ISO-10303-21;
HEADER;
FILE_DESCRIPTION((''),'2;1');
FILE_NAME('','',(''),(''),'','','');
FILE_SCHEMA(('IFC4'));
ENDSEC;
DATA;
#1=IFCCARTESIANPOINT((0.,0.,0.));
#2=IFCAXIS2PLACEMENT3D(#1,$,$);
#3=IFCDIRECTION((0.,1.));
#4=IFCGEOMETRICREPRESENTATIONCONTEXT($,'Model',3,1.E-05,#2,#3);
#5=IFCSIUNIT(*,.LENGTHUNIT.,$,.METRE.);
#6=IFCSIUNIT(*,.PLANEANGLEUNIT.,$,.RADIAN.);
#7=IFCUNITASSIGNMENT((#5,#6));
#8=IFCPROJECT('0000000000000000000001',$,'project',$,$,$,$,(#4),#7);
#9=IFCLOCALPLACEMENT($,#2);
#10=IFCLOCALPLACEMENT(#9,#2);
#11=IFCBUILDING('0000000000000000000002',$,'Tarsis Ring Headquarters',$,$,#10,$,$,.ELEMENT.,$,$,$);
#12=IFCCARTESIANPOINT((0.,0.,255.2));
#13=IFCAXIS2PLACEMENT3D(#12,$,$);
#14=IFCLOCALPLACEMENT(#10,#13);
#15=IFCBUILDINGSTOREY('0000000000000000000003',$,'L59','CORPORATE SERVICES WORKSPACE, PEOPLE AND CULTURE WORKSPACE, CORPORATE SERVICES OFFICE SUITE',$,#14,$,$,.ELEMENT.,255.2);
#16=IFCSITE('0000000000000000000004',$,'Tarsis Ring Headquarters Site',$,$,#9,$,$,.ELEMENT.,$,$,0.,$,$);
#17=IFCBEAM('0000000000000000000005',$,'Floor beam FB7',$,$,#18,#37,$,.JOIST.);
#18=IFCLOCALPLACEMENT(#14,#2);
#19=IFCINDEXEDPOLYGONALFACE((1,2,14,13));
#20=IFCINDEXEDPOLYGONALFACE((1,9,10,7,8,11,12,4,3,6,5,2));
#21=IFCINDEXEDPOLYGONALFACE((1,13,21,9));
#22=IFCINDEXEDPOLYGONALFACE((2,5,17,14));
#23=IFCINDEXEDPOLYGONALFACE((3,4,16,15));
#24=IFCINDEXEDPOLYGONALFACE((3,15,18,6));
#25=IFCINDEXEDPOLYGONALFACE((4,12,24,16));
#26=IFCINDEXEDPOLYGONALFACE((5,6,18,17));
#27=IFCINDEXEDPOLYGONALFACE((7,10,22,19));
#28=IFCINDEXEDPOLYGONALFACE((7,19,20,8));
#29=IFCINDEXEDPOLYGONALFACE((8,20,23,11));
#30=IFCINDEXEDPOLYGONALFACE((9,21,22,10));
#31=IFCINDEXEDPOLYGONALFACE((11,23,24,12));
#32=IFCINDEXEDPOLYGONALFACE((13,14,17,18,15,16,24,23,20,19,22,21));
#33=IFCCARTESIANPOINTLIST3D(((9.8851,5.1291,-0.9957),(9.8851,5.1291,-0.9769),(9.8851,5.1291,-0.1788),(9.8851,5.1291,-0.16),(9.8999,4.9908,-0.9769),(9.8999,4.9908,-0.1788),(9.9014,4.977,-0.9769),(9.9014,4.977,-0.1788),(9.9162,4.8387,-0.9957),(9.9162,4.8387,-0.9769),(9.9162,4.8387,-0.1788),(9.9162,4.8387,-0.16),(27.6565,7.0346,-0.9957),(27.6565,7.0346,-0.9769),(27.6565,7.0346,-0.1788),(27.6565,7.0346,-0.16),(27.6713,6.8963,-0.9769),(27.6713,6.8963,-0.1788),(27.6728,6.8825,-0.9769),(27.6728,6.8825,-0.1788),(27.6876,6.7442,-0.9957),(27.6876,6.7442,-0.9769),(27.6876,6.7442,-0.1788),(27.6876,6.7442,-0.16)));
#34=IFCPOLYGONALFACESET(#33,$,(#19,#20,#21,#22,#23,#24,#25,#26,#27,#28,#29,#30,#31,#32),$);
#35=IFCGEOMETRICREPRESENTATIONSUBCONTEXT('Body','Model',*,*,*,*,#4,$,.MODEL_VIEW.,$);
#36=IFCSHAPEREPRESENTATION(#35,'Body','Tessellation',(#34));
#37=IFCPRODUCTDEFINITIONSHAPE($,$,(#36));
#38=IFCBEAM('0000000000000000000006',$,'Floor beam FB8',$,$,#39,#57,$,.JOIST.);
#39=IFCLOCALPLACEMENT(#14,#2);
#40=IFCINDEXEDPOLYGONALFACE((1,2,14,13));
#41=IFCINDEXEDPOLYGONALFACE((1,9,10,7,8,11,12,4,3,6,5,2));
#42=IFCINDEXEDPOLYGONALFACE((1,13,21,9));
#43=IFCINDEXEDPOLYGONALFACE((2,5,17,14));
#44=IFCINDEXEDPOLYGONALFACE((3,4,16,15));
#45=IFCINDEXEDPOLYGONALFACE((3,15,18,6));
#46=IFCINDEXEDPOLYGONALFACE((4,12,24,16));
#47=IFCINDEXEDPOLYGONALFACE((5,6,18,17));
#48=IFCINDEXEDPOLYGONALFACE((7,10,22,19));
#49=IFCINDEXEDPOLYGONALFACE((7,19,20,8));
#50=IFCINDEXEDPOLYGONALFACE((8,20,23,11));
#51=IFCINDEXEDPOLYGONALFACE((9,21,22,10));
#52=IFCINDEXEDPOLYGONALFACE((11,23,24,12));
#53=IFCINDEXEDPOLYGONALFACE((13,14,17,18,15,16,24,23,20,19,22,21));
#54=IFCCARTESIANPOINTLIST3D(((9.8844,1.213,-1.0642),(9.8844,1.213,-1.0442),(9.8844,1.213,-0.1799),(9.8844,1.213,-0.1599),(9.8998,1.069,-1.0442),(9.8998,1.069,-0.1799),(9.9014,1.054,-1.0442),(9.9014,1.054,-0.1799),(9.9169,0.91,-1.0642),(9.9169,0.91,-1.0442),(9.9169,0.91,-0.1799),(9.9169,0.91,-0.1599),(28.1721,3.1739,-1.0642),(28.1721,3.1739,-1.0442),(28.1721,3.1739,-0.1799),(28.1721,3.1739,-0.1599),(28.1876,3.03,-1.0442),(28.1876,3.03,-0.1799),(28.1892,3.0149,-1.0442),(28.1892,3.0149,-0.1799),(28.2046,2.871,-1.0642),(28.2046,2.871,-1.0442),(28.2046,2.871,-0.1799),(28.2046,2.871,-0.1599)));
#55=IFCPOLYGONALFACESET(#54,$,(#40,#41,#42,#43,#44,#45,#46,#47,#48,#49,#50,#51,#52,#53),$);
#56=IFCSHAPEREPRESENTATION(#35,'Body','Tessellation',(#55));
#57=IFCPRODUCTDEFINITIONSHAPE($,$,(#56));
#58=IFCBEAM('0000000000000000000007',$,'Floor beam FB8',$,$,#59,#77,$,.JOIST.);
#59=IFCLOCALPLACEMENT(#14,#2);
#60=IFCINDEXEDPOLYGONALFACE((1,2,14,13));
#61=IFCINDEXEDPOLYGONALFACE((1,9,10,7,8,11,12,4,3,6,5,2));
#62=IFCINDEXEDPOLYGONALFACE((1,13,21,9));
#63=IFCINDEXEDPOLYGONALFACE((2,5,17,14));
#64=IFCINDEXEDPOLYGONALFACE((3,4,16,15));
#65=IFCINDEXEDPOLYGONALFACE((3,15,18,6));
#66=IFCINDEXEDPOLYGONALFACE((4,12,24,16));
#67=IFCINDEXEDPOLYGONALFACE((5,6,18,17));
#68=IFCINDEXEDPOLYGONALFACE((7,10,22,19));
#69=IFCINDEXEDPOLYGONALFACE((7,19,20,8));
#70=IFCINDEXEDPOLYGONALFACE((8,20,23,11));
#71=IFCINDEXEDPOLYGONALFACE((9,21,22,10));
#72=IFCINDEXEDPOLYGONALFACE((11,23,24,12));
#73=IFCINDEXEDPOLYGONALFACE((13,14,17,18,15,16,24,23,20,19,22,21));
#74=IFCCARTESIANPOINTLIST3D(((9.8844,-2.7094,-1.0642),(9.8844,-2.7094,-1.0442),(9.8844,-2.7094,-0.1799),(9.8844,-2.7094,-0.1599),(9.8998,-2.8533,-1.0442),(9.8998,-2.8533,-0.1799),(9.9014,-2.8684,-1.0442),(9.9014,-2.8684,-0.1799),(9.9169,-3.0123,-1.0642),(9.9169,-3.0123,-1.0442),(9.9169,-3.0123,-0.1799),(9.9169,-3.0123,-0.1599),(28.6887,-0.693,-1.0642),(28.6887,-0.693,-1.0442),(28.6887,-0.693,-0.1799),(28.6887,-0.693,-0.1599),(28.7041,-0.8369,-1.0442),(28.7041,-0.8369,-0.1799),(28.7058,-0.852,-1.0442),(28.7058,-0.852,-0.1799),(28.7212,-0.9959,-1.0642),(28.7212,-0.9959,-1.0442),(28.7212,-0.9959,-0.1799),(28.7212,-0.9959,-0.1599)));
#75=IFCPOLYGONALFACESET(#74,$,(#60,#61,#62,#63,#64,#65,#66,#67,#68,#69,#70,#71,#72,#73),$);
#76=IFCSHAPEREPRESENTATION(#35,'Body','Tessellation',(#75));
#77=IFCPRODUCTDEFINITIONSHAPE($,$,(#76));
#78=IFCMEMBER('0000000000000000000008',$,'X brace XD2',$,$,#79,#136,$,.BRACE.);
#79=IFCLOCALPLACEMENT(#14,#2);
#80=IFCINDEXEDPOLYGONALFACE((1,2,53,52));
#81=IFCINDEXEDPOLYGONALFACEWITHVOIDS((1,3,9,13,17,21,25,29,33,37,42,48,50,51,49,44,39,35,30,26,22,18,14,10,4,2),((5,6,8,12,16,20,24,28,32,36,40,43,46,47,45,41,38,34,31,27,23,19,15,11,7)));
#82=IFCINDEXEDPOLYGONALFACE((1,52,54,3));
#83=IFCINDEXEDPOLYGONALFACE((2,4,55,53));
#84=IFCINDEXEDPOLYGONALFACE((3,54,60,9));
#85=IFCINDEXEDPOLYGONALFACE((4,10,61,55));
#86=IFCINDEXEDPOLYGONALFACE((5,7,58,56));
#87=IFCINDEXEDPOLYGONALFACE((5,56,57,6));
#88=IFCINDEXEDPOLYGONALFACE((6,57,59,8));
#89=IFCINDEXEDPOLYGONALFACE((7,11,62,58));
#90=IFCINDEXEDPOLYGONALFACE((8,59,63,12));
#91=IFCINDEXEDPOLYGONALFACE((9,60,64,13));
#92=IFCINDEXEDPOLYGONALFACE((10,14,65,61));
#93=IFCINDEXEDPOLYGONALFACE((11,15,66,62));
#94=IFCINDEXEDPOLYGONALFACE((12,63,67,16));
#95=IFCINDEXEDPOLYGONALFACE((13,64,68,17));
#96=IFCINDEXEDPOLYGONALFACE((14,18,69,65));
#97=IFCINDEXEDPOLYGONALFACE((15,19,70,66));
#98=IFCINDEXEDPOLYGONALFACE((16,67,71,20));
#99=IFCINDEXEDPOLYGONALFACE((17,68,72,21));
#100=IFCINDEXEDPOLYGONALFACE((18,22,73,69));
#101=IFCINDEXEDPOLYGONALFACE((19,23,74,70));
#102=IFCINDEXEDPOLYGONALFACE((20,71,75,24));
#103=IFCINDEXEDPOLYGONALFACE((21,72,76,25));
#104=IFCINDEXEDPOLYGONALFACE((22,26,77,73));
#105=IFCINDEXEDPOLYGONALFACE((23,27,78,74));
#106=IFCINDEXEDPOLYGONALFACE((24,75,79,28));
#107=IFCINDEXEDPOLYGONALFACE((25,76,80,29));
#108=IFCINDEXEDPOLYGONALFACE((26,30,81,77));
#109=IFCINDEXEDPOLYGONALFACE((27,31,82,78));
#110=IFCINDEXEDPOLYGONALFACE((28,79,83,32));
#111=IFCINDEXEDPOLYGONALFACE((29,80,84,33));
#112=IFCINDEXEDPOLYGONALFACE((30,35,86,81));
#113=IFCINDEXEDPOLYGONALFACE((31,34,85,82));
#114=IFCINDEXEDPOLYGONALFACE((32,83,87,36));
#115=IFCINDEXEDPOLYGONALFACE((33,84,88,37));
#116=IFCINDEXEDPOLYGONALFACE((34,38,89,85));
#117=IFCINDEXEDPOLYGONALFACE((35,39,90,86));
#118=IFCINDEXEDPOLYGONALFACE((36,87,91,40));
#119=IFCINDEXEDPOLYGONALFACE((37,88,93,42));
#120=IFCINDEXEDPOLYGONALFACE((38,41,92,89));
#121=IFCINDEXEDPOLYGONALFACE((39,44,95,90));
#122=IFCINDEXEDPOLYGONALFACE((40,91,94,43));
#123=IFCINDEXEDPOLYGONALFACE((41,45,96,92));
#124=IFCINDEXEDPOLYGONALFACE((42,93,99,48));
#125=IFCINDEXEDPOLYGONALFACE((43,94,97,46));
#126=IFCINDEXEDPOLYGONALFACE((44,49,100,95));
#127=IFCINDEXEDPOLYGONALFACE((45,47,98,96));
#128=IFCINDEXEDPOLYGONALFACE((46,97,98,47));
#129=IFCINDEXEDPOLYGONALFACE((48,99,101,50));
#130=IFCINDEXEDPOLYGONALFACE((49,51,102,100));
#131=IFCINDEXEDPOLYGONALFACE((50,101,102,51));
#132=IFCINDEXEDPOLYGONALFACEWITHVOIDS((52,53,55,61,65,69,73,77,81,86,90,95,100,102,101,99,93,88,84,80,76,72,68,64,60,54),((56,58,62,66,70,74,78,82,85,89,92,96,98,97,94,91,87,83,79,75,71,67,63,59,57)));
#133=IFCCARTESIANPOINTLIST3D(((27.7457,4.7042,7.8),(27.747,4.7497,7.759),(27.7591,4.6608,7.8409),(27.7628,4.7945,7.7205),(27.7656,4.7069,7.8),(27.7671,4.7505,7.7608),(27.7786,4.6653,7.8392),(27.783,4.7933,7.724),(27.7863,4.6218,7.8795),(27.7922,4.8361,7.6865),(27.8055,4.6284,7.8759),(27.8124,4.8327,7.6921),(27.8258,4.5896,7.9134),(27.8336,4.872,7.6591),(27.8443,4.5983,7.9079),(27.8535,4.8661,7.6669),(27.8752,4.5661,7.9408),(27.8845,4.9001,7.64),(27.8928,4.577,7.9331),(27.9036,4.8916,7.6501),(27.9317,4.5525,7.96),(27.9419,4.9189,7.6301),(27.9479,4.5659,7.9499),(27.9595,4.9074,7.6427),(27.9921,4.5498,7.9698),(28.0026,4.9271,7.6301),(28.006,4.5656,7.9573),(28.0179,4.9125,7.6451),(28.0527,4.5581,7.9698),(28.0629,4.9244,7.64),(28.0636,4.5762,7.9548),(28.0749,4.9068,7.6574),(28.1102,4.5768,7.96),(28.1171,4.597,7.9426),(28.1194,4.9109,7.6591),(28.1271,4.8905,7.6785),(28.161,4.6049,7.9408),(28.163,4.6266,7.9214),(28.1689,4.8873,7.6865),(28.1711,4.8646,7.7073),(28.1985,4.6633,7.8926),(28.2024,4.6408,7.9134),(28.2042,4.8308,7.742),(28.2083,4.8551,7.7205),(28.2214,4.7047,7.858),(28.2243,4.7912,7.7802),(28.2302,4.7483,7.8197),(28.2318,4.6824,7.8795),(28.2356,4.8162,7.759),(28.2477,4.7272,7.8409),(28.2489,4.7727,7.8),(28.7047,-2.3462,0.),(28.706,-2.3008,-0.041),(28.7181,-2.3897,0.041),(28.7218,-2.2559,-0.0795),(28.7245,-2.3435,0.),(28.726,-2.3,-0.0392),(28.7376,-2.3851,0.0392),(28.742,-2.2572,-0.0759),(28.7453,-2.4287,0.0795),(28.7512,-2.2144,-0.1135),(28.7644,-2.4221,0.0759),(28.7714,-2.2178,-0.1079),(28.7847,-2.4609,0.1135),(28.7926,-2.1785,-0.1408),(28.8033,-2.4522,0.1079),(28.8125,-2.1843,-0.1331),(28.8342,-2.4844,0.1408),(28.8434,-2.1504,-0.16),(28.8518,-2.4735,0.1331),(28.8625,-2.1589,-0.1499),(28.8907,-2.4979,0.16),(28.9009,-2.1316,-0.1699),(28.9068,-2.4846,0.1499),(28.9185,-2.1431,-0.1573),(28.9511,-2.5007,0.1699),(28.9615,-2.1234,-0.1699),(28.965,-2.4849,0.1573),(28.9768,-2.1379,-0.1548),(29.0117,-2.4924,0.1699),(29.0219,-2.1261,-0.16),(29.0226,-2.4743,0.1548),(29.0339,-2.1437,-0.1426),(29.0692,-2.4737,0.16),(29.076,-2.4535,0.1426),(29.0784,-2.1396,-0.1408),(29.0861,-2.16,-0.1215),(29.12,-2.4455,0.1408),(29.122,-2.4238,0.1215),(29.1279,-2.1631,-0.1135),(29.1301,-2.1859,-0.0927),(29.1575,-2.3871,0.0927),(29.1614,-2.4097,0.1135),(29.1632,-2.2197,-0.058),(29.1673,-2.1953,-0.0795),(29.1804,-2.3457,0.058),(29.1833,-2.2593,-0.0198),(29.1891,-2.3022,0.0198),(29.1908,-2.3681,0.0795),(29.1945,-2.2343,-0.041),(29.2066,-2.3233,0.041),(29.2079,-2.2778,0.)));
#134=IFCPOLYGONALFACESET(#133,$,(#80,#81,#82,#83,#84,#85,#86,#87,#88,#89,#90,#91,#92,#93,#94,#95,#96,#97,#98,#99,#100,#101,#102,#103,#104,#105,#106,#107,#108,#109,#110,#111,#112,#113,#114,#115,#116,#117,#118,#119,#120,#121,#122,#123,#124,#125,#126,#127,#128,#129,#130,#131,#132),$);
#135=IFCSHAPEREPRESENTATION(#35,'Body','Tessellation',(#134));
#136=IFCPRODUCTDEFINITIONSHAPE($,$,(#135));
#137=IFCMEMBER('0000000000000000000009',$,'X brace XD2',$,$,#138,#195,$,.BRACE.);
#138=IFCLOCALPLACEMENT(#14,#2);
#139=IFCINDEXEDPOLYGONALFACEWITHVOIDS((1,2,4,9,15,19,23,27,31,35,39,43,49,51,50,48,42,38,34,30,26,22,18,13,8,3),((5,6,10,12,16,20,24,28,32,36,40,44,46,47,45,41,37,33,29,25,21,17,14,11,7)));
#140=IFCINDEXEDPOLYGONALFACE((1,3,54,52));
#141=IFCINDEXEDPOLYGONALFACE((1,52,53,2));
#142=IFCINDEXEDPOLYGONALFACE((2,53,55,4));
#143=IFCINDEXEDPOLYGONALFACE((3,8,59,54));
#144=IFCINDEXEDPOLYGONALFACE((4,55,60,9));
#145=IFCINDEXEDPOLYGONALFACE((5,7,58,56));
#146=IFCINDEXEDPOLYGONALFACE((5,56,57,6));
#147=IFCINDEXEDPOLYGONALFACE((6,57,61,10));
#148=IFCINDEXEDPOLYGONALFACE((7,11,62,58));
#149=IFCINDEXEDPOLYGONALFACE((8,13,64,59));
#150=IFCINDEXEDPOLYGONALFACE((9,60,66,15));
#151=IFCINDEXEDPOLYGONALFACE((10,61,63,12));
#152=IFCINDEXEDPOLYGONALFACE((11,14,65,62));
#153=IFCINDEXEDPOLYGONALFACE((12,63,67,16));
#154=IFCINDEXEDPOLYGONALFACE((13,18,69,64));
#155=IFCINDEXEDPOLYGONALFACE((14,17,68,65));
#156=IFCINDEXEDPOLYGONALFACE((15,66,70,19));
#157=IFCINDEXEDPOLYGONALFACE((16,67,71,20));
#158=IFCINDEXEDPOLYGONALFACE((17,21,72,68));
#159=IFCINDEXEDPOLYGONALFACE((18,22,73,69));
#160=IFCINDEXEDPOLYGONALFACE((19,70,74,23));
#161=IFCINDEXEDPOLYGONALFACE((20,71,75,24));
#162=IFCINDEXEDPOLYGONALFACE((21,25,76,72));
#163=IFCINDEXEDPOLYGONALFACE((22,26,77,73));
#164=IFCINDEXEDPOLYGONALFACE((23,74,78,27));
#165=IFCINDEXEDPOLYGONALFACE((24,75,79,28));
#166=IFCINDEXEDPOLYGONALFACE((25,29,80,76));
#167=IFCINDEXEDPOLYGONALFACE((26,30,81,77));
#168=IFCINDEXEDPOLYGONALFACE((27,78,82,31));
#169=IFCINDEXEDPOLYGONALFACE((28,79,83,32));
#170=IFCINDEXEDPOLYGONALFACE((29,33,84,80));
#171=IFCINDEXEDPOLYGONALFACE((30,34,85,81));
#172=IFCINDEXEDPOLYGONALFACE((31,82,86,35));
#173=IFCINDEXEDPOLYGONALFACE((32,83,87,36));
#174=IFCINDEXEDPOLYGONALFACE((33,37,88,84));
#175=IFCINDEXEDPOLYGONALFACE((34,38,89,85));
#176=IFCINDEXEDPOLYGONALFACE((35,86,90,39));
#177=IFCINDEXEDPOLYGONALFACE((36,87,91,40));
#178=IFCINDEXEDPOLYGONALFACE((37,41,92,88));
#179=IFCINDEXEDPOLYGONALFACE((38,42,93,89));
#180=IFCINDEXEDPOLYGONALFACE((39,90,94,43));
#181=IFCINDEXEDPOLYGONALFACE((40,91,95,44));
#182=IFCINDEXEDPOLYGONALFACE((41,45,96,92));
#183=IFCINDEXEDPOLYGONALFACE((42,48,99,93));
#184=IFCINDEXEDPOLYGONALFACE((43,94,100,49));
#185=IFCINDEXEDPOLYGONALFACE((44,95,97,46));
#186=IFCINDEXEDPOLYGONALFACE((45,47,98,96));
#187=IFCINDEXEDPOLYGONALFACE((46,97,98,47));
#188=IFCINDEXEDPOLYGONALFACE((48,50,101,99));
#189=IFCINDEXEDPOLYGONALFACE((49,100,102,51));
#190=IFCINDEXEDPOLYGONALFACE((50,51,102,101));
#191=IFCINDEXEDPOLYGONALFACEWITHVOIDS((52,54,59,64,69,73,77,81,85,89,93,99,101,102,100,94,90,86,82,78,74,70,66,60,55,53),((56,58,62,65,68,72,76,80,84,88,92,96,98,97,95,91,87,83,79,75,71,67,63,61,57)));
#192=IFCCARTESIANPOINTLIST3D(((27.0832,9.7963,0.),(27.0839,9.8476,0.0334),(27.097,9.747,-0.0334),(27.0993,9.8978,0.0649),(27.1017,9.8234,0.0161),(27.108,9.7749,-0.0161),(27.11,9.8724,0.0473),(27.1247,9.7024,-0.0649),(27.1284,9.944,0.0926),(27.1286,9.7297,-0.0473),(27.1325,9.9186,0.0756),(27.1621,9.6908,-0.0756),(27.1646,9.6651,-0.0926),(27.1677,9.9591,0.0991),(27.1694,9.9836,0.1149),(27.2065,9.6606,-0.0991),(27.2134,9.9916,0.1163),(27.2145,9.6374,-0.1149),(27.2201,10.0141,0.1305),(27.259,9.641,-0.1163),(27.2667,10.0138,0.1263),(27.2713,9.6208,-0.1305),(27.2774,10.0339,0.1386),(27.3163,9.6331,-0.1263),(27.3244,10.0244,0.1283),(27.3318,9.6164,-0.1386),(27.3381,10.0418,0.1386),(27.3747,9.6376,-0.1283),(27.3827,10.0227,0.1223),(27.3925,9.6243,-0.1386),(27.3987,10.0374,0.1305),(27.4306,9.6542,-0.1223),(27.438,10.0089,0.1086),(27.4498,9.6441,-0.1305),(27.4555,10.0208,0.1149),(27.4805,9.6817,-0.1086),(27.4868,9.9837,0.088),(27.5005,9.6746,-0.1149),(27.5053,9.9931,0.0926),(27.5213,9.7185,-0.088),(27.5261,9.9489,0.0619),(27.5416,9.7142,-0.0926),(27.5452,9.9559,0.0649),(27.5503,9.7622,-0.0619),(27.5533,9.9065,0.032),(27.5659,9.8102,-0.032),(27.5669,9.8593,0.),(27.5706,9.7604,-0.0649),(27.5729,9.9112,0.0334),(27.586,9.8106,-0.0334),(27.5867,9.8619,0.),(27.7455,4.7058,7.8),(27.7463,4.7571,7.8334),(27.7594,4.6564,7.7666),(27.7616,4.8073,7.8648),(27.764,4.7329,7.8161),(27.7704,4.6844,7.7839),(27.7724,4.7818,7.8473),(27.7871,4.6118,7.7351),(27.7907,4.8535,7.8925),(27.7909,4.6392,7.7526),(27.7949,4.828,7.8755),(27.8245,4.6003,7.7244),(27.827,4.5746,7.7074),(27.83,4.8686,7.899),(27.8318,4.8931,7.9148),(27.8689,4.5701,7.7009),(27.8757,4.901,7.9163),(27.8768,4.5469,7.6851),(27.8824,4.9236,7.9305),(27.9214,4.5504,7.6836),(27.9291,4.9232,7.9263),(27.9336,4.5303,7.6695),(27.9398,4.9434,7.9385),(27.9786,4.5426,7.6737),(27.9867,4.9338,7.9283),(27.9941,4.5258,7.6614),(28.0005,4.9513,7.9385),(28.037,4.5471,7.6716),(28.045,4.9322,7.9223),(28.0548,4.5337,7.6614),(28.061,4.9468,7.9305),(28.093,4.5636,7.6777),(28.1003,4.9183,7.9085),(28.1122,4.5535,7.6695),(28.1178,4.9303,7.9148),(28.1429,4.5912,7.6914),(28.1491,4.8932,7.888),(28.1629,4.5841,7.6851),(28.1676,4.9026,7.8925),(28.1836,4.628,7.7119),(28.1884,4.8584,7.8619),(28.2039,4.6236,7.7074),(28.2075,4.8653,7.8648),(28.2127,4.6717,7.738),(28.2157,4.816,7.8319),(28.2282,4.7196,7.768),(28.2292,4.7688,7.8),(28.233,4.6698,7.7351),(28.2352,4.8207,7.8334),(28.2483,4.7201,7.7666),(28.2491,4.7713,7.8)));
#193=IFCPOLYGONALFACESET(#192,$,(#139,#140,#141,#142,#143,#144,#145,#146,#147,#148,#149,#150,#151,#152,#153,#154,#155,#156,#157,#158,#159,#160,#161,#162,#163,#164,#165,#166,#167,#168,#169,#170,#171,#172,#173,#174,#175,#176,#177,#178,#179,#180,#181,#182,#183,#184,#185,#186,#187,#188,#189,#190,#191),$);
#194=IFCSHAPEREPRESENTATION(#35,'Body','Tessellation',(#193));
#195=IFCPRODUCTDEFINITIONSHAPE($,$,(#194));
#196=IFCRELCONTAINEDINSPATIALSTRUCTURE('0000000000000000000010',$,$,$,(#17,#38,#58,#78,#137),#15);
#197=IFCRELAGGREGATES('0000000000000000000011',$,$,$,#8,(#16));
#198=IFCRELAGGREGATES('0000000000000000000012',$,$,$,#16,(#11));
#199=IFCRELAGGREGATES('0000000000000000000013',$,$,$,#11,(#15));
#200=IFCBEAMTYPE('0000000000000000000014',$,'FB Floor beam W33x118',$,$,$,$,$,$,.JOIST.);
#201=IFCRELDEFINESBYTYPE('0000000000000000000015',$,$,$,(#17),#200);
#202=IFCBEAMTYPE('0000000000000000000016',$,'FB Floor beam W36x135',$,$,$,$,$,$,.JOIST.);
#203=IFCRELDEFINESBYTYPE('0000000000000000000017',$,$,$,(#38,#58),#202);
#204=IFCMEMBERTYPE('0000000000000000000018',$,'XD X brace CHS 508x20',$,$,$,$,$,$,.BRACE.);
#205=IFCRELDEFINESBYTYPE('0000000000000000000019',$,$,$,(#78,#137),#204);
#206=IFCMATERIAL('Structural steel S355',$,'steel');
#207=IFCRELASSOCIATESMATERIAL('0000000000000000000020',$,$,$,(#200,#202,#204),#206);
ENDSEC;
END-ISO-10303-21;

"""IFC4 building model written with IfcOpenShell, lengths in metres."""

from ifc_helpers import new_model, si_unit, direction, frame, origin, origin_2d, place, context, subcontext, project, spatial, hollow_circle, i_section, extrude, material, material_profile, profile_set, type_object, element, save


model = new_model("IFC4")

# Units and contexts
model_context = context("Model", 3, precision=1e-05, world=origin(), true_north=direction((0.0, 1.0)))
body_context = subcontext(model_context, "Body", "Model", "MODEL_VIEW")
ifc_project = project(units=[si_unit("LENGTHUNIT", "METRE"), si_unit("PLANEANGLEUNIT", "RADIAN")], contexts=[model_context])

# Site, building, storey
site_placement = place(None, origin())
site = spatial("IfcSite", under=ifc_project, at=site_placement, Name="Tarsis Ring Headquarters Site", CompositionType="ELEMENT", RefElevation=0.0)
building_placement = place(site_placement, origin())
building = spatial("IfcBuilding", under=site, at=building_placement, Name="Tarsis Ring Headquarters", CompositionType="ELEMENT")
storey_placement = place(building_placement, frame((0.0, 0.0, 255.2)))
storey = spatial("IfcBuildingStorey", under=building, at=storey_placement, Name="L59", Description="CORPORATE SERVICES WORKSPACE, PEOPLE AND CULTURE WORKSPACE, CORPORATE SERVICES OFFICE SUITE", CompositionType="ELEMENT", Elevation=255.2)

# Shared definitions
ifc_material_1 = material(Name="Structural steel S355", Category="steel")

# Beams
ifc_material_profile_1 = material_profile(ifc_material_1, i_section(OverallWidth=0.292, OverallDepth=0.8357, WebThickness=0.0139, FlangeThickness=0.0188, at=origin_2d()), Name="W33x118")
ifc_profile_set_1 = profile_set([ifc_material_profile_1], Name="Structural steel S355")
beam_type_1 = type_object("IfcBeamType", Name="FB Floor beam W33x118", PredefinedType="JOIST", material=ifc_profile_set_1)
beam_1_placement = place(storey_placement, frame((9.9006, 4.9839, -0.5779), z_axis=(0.994301, 0.106612, 0.0), x_axis=(-0.106612, 0.994301, 0.0)))
element("IfcBeam", 1, at=beam_1_placement, inside=storey, type_object=beam_type_1, Name="Floor beam FB7", PredefinedType="JOIST", context=body_context, shape_type="SweptSolid", body=[
    extrude(i_section(OverallWidth=0.292, OverallDepth=0.8357, WebThickness=0.0139, FlangeThickness=0.0188, at=origin_2d()), origin(), (0.0, 0.0, 1.0), 17.8733),
])
ifc_material_profile_2 = material_profile(ifc_material_1, i_section(OverallWidth=0.3047, OverallDepth=0.9043, WebThickness=0.0151, FlangeThickness=0.02, at=origin_2d()), Name="W36x135")
ifc_profile_set_2 = profile_set([ifc_material_profile_2], Name="Structural steel S355")
beam_type_2 = type_object("IfcBeamType", Name="FB Floor beam W36x135", PredefinedType="JOIST", material=ifc_profile_set_2)
beam_2_placement = place(storey_placement, frame((9.9006, 1.0615, -0.6121), z_axis=(0.9943, 0.106615, 0.0), x_axis=(-0.106615, 0.9943, 0.0)))
element("IfcBeam", 2, at=beam_2_placement, inside=storey, type_object=beam_type_2, Name="Floor beam FB8", PredefinedType="JOIST", context=body_context, shape_type="SweptSolid", body=[
    extrude(i_section(OverallWidth=0.3047, OverallDepth=0.9043, WebThickness=0.0151, FlangeThickness=0.02, at=origin_2d()), origin(), (0.0, 0.0, 1.0), 18.3926),
])
beam_3_placement = place(storey_placement, frame((9.9006, -2.8608, -0.6121), z_axis=(0.9943, 0.106618, 0.0), x_axis=(-0.106618, 0.9943, 0.0)))
element("IfcBeam", 3, at=beam_3_placement, inside=storey, type_object=beam_type_2, Name="Floor beam FB8", PredefinedType="JOIST", context=body_context, shape_type="SweptSolid", body=[
    extrude(i_section(OverallWidth=0.3047, OverallDepth=0.9043, WebThickness=0.0151, FlangeThickness=0.02, at=origin_2d()), origin(), (0.0, 0.0, 1.0), 18.9121),
])

# Members
ifc_material_profile_3 = material_profile(ifc_material_1, hollow_circle(Radius=0.2539, WallThickness=0.02, at=origin_2d()), Name="CHS 508x20")
ifc_profile_set_3 = profile_set([ifc_material_profile_3], Name="Structural steel S355")
member_type = type_object("IfcMemberType", Name="XD X brace CHS 508x20", PredefinedType="BRACE", material=ifc_profile_set_3)
member_1_placement = place(storey_placement, frame((28.9563, -2.312, 0.0), z_axis=(-0.09083, 0.667794, 0.738784), x_axis=(-0.990876, -0.134775, 0.0)))
element("IfcMember", 4, at=member_1_placement, inside=storey, type_object=member_type, Name="X brace XD2", PredefinedType="BRACE", context=body_context, shape_type="SweptSolid", body=[
    extrude(hollow_circle(Radius=0.2539, WallThickness=0.02, at=origin_2d()), origin(), (0.0, 0.0, 1.0), 10.5579),
])
member_2_placement = place(storey_placement, frame((27.335, 9.8291, 0.0), z_axis=(0.070933, -0.545161, 0.835325), x_axis=(0.991641, 0.129026, 0.0)))
element("IfcMember", 5, at=member_2_placement, inside=storey, type_object=member_type, Name="X brace XD2", PredefinedType="BRACE", context=body_context, shape_type="SweptSolid", body=[
    extrude(hollow_circle(Radius=0.2539, WallThickness=0.02, at=origin_2d()), origin(), (0.0, 0.0, 1.0), 9.3376),
])

save(model, "model.ifc")
